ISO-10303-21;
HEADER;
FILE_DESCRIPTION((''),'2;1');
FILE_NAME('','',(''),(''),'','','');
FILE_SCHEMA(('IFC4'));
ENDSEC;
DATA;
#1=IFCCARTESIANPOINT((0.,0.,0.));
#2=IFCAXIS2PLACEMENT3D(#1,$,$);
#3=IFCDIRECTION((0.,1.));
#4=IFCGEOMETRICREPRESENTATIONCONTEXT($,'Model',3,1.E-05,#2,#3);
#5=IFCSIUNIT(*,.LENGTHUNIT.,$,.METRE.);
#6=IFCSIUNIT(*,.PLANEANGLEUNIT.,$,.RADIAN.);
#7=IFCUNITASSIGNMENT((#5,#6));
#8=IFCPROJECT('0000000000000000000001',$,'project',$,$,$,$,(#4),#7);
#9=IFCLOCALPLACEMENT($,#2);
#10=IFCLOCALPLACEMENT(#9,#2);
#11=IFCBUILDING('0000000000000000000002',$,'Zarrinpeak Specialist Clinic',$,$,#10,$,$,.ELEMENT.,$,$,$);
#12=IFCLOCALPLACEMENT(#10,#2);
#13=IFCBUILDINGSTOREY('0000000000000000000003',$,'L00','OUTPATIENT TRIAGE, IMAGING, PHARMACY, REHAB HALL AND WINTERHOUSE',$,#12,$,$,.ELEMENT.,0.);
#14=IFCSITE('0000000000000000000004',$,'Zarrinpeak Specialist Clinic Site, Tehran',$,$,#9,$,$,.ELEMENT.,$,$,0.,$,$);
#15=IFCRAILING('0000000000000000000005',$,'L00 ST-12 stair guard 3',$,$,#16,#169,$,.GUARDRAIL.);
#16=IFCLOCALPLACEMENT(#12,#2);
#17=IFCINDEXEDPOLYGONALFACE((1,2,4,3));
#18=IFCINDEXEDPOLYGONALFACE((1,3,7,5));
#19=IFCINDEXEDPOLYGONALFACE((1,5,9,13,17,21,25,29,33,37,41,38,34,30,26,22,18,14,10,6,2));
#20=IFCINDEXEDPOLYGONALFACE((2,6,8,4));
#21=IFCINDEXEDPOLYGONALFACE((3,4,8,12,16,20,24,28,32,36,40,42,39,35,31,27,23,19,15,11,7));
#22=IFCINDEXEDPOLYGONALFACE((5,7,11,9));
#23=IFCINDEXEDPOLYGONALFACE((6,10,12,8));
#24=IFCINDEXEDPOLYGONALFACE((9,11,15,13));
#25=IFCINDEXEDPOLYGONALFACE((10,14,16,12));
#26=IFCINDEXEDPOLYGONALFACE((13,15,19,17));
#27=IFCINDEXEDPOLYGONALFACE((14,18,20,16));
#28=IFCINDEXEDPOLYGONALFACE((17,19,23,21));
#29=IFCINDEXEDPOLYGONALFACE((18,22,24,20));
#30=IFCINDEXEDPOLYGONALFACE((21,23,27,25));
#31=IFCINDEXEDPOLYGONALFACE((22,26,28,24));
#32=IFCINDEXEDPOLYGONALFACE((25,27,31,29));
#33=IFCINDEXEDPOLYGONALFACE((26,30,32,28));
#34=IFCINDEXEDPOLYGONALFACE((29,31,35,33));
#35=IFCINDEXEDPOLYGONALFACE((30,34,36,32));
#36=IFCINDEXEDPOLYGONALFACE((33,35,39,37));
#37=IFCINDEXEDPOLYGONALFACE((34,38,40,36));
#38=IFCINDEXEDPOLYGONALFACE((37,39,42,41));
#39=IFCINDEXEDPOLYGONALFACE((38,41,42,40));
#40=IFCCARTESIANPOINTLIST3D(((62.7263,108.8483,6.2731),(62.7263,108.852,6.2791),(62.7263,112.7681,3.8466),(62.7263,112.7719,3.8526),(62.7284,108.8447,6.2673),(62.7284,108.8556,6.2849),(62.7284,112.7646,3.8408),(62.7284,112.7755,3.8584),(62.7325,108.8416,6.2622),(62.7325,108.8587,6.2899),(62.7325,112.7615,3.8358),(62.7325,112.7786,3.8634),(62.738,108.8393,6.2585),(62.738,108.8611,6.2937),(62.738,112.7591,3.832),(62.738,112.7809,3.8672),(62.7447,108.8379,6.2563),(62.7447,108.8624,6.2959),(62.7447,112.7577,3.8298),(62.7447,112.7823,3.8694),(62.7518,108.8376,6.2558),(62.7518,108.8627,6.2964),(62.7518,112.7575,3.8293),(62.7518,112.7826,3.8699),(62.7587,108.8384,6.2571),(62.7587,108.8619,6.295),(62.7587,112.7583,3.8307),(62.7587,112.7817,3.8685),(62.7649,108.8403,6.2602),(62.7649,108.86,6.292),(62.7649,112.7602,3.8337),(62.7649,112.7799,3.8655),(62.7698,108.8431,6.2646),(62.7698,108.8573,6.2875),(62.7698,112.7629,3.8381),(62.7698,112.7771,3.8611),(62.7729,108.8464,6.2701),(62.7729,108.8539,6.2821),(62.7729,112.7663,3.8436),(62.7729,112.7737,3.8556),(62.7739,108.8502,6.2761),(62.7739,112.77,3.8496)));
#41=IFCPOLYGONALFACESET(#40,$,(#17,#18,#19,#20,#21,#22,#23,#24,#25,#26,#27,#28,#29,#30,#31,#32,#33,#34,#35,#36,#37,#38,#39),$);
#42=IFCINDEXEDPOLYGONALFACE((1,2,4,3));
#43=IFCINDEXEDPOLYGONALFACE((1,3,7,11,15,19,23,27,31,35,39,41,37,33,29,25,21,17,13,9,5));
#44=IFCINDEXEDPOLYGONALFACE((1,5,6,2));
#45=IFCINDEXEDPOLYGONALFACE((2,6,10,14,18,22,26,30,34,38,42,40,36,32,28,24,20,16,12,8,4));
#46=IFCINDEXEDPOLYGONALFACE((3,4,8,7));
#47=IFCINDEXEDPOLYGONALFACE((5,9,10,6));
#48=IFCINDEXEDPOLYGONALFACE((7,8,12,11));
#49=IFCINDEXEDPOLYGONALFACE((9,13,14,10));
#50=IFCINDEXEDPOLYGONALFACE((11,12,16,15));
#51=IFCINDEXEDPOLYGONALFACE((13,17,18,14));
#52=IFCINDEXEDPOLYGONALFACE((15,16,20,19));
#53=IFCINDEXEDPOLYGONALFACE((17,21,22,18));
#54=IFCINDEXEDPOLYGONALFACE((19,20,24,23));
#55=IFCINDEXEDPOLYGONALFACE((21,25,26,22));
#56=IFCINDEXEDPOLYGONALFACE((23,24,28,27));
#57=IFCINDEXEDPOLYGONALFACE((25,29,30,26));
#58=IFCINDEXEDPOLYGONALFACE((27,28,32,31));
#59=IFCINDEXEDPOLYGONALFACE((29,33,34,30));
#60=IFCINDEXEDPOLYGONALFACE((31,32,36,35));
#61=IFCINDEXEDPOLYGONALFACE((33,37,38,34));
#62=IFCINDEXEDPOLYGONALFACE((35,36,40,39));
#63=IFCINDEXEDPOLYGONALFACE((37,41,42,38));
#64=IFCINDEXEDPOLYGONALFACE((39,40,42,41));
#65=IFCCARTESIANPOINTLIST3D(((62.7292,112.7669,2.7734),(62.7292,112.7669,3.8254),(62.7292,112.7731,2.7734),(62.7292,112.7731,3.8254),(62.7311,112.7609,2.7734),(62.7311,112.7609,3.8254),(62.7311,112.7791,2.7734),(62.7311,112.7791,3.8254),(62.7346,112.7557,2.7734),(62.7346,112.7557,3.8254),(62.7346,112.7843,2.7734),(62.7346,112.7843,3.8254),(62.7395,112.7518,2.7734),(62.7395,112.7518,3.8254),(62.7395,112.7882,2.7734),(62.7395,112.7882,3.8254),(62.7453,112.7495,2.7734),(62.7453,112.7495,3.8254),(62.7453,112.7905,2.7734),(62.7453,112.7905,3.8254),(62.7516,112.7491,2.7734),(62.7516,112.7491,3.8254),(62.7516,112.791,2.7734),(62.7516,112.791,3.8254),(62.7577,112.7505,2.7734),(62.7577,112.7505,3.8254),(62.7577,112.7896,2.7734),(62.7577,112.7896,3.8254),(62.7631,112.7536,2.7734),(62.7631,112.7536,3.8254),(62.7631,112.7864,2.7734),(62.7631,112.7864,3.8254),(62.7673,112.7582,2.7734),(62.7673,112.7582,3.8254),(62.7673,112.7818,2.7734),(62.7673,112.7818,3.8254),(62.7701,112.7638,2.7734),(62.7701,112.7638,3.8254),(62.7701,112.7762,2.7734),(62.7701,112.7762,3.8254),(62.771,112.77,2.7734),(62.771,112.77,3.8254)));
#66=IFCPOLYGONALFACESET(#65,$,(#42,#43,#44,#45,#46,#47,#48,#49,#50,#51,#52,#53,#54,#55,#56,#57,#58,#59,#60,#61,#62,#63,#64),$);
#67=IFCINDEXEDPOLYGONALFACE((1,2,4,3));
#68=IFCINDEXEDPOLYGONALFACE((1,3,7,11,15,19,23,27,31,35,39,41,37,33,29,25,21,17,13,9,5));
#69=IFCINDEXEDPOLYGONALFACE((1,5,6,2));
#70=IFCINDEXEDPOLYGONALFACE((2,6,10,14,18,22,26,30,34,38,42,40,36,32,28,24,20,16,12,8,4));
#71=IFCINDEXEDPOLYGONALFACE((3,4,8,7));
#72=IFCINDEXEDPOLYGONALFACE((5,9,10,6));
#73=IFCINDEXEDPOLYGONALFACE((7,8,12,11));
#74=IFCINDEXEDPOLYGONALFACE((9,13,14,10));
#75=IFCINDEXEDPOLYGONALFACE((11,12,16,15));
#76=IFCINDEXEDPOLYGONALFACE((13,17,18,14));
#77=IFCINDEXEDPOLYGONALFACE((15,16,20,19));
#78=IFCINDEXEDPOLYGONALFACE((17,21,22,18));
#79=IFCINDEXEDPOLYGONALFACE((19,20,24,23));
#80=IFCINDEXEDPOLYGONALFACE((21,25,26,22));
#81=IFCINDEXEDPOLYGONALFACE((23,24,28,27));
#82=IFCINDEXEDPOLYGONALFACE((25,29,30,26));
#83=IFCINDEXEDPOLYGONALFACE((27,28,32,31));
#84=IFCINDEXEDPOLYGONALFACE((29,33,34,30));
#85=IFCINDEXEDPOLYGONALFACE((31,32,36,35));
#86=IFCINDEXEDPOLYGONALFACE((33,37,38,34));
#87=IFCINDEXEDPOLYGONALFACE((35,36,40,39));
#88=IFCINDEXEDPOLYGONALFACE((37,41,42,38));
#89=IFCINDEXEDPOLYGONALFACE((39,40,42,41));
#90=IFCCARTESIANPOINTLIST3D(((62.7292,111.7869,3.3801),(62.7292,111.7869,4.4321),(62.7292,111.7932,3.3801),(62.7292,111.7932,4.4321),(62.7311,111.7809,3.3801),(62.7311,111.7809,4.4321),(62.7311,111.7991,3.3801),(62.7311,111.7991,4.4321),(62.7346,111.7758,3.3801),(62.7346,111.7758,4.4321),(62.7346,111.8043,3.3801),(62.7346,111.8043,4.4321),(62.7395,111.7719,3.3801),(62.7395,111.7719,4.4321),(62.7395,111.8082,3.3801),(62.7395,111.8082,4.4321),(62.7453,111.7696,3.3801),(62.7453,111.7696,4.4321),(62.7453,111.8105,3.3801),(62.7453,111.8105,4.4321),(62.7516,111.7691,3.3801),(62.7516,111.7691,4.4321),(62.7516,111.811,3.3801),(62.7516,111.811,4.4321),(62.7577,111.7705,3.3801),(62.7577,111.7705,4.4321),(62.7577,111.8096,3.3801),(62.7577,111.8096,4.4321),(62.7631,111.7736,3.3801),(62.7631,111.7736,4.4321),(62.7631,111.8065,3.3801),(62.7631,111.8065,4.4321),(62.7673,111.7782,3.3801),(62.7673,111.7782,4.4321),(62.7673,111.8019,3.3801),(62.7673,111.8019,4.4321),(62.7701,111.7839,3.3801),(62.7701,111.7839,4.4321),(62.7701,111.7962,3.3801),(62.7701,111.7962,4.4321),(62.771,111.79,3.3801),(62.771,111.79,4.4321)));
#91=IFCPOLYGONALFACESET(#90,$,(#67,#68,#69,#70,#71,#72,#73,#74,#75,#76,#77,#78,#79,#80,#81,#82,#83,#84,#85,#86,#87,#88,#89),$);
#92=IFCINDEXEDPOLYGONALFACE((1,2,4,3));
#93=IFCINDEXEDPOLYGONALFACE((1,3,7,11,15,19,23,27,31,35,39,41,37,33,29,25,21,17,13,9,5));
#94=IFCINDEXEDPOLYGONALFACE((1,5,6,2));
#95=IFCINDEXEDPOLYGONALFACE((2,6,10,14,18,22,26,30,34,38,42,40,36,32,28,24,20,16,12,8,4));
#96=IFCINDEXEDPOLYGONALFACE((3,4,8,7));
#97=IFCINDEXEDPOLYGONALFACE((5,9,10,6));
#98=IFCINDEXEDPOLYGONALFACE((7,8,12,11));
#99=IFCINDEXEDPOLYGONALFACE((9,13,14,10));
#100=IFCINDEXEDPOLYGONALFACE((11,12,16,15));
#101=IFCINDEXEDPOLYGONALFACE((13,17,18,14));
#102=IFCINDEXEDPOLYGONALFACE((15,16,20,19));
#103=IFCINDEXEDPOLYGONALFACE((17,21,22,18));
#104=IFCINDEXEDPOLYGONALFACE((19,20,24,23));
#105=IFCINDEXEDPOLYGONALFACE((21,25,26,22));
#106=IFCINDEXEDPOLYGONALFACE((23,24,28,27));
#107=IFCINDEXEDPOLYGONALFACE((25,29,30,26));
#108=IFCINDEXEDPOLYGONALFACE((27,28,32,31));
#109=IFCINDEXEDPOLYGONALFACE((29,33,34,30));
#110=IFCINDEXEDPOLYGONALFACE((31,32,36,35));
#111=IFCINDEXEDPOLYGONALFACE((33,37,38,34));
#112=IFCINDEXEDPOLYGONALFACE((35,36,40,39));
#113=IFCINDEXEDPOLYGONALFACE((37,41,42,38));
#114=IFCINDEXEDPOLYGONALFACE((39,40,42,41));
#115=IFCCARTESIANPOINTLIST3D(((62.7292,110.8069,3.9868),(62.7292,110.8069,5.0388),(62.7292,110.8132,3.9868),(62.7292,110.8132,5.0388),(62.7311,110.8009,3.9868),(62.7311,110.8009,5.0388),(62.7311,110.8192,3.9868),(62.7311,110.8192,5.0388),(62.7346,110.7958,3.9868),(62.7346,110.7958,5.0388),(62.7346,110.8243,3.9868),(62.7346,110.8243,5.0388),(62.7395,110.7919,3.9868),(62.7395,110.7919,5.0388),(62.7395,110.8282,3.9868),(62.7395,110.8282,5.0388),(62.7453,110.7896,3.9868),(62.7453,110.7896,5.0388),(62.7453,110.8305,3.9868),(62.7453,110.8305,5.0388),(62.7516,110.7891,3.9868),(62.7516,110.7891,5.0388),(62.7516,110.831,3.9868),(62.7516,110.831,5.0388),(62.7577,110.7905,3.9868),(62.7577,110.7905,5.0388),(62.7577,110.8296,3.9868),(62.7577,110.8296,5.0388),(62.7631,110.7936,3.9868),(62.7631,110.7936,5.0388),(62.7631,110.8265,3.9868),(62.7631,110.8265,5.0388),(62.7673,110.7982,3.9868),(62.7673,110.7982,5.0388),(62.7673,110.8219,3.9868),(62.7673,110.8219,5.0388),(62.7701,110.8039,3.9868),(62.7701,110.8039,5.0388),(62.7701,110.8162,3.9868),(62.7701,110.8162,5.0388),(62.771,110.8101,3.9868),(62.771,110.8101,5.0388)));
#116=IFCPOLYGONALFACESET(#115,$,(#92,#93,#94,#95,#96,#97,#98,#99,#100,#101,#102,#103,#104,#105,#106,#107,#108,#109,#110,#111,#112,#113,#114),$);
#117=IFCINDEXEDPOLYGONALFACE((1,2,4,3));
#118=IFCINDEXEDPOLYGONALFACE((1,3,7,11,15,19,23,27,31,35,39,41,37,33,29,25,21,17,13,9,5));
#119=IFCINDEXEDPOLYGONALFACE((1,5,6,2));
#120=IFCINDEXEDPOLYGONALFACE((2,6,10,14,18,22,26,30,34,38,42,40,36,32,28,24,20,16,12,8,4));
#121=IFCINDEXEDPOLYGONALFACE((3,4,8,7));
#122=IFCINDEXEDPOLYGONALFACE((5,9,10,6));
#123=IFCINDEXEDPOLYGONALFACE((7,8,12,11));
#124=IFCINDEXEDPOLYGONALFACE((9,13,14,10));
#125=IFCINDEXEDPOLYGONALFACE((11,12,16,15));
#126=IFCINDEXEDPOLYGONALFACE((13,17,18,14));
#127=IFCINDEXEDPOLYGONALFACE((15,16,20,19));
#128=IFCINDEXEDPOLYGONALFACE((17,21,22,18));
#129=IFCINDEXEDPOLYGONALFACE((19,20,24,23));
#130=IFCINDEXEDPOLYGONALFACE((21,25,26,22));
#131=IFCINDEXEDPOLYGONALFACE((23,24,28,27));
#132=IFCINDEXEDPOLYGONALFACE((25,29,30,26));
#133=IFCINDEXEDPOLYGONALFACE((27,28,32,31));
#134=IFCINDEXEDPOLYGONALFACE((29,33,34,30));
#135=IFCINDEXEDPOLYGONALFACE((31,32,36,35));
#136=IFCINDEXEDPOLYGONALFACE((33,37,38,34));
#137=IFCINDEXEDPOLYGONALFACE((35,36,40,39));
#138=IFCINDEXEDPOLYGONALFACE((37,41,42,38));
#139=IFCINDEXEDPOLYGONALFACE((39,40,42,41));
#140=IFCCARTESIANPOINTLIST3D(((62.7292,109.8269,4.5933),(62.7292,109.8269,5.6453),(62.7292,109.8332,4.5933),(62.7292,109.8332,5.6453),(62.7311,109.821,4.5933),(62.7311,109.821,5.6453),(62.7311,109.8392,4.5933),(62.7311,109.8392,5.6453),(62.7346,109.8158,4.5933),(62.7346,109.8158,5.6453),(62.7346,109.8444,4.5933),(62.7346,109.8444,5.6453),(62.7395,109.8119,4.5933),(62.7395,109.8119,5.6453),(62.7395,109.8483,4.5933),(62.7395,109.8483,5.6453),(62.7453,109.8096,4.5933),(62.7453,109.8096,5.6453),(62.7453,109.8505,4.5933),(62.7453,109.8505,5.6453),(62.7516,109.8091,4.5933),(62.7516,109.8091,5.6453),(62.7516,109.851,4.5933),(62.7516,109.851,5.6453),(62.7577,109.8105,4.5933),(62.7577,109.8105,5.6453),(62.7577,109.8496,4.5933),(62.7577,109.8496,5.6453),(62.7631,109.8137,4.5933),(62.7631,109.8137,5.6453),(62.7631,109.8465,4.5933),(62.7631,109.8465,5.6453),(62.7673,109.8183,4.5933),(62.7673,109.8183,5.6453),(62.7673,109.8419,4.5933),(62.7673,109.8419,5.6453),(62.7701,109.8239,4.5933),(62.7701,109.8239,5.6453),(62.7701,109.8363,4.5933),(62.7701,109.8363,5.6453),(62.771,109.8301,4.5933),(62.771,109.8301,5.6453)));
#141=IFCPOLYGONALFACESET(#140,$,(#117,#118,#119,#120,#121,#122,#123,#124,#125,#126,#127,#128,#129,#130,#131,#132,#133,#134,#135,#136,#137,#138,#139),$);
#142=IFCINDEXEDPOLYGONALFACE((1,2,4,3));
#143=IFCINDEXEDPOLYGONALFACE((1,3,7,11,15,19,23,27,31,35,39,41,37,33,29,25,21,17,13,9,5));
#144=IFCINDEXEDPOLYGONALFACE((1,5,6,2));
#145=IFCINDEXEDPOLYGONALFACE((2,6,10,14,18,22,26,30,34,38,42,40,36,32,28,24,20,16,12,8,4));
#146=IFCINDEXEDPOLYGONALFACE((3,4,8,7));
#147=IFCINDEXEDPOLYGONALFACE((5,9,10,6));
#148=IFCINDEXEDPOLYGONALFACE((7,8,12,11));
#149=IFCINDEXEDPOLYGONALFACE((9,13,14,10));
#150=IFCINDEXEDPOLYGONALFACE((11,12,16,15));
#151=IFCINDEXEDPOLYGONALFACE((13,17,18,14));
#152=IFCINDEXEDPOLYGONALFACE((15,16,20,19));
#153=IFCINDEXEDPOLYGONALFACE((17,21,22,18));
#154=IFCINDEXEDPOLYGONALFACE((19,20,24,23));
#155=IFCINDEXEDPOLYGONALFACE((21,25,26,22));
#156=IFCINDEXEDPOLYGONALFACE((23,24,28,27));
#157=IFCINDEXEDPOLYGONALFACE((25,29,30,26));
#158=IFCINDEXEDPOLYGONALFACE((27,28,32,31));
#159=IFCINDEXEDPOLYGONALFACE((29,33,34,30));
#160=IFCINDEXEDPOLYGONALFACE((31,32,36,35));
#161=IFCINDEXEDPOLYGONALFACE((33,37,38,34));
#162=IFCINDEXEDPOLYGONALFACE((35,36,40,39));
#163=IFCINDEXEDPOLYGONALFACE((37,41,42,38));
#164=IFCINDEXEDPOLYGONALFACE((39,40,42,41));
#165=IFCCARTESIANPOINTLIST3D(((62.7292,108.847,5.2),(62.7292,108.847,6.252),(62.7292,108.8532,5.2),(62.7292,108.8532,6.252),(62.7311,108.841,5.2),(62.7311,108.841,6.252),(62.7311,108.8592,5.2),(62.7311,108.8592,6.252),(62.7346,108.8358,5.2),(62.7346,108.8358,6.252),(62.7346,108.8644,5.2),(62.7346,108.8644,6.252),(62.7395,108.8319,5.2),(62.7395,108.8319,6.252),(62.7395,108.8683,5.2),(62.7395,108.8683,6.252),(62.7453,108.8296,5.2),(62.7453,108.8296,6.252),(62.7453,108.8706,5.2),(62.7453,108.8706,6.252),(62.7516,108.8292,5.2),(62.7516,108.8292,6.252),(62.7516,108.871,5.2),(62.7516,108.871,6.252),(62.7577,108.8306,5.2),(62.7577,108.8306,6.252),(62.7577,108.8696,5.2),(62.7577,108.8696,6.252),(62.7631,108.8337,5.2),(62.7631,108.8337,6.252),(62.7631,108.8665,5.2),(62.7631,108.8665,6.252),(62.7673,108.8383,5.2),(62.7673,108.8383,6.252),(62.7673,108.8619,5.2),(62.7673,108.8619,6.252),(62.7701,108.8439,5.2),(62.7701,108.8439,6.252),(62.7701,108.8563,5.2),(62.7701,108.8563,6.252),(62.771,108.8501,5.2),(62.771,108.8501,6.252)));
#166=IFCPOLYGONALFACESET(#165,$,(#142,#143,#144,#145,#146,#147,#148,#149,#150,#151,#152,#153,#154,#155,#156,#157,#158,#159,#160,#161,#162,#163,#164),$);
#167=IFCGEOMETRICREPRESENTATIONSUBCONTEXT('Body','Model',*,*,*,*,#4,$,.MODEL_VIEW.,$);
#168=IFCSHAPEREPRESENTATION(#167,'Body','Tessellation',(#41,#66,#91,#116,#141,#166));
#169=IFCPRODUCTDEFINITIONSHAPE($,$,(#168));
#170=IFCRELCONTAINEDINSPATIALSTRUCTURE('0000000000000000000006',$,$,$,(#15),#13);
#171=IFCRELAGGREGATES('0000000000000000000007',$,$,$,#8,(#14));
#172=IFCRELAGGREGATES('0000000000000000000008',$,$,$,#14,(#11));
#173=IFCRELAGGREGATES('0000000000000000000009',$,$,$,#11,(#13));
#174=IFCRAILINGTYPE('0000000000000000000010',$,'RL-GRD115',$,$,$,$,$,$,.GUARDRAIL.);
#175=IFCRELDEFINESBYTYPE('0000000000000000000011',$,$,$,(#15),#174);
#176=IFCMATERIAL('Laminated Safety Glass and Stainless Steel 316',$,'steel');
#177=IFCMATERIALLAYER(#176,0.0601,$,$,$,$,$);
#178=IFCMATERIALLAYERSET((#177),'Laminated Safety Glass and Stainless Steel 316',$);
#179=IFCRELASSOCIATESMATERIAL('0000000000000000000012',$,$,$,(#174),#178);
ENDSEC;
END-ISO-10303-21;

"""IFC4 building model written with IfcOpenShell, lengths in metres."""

from ifc_helpers import new_model, si_unit, direction, frame, origin, origin_2d, place, context, subcontext, project, spatial, circle, extrude, material, layer, layer_set, type_object, element, save


model = new_model("IFC4")

# Units and contexts
model_context = context("Model", 3, precision=1e-05, world=origin(), true_north=direction((0.0, 1.0)))
body_context = subcontext(model_context, "Body", "Model", "MODEL_VIEW")
ifc_project = project(units=[si_unit("LENGTHUNIT", "METRE"), si_unit("PLANEANGLEUNIT", "RADIAN")], contexts=[model_context])

# Site, building, storey
site_placement = place(None, origin())
site = spatial("IfcSite", under=ifc_project, at=site_placement, Name="Zarrinpeak Specialist Clinic Site, Tehran", CompositionType="ELEMENT", RefElevation=0.0)
building_placement = place(site_placement, origin())
building = spatial("IfcBuilding", under=site, at=building_placement, Name="Zarrinpeak Specialist Clinic", CompositionType="ELEMENT")
storey_placement = place(building_placement, origin())
storey = spatial("IfcBuildingStorey", under=building, at=storey_placement, Name="L00", Description="OUTPATIENT TRIAGE, IMAGING, PHARMACY, REHAB HALL AND WINTERHOUSE", CompositionType="ELEMENT", Elevation=0.0)

# Railing
ifc_material_1 = material(Name="Laminated Safety Glass and Stainless Steel 316", Category="steel")
ifc_layer_1 = layer(ifc_material_1, 0.0601)
ifc_layer_set_1 = layer_set([ifc_layer_1], Name="Laminated Safety Glass and Stainless Steel 316")
railing_type_1 = type_object("IfcRailingType", Name="RL-GRD115", PredefinedType="GUARDRAIL", material=ifc_layer_set_1)
railing_1_placement = place(storey_placement, frame((62.75, 112.77, 2.7734)))
element("IfcRailing", 1, at=railing_1_placement, inside=storey, type_object=railing_type_1, Name="L00 ST-12 stair guard 3", PredefinedType="GUARDRAIL", context=body_context, shape_type="SweptSolid", body=[
    extrude(circle(Radius=0.0239, at=origin_2d()), frame((0.0, 0.0, 1.0762), z_axis=(0.0, -0.850275, 0.526338), x_axis=(1.0, 0.0, 0.0)), (0.0, 0.0, 1.0), 4.6101),
    extrude(circle(Radius=0.021, at=origin_2d()), origin(), (0.0, 0.0, 1.0), 1.052),
    extrude(circle(Radius=0.021, at=origin_2d()), frame((0.0, -0.98, 0.6067)), (0.0, 0.0, 1.0), 1.052),
    extrude(circle(Radius=0.021, at=origin_2d()), frame((0.0, -1.96, 1.2134)), (0.0, 0.0, 1.0), 1.052),
    extrude(circle(Radius=0.021, at=origin_2d()), frame((0.0, -2.9399, 1.8198)), (0.0, 0.0, 1.0), 1.052),
    extrude(circle(Radius=0.021, at=origin_2d()), frame((0.0, -3.9199, 2.4265)), (0.0, 0.0, 1.0), 1.052),
])

save(model, "model.ifc")
